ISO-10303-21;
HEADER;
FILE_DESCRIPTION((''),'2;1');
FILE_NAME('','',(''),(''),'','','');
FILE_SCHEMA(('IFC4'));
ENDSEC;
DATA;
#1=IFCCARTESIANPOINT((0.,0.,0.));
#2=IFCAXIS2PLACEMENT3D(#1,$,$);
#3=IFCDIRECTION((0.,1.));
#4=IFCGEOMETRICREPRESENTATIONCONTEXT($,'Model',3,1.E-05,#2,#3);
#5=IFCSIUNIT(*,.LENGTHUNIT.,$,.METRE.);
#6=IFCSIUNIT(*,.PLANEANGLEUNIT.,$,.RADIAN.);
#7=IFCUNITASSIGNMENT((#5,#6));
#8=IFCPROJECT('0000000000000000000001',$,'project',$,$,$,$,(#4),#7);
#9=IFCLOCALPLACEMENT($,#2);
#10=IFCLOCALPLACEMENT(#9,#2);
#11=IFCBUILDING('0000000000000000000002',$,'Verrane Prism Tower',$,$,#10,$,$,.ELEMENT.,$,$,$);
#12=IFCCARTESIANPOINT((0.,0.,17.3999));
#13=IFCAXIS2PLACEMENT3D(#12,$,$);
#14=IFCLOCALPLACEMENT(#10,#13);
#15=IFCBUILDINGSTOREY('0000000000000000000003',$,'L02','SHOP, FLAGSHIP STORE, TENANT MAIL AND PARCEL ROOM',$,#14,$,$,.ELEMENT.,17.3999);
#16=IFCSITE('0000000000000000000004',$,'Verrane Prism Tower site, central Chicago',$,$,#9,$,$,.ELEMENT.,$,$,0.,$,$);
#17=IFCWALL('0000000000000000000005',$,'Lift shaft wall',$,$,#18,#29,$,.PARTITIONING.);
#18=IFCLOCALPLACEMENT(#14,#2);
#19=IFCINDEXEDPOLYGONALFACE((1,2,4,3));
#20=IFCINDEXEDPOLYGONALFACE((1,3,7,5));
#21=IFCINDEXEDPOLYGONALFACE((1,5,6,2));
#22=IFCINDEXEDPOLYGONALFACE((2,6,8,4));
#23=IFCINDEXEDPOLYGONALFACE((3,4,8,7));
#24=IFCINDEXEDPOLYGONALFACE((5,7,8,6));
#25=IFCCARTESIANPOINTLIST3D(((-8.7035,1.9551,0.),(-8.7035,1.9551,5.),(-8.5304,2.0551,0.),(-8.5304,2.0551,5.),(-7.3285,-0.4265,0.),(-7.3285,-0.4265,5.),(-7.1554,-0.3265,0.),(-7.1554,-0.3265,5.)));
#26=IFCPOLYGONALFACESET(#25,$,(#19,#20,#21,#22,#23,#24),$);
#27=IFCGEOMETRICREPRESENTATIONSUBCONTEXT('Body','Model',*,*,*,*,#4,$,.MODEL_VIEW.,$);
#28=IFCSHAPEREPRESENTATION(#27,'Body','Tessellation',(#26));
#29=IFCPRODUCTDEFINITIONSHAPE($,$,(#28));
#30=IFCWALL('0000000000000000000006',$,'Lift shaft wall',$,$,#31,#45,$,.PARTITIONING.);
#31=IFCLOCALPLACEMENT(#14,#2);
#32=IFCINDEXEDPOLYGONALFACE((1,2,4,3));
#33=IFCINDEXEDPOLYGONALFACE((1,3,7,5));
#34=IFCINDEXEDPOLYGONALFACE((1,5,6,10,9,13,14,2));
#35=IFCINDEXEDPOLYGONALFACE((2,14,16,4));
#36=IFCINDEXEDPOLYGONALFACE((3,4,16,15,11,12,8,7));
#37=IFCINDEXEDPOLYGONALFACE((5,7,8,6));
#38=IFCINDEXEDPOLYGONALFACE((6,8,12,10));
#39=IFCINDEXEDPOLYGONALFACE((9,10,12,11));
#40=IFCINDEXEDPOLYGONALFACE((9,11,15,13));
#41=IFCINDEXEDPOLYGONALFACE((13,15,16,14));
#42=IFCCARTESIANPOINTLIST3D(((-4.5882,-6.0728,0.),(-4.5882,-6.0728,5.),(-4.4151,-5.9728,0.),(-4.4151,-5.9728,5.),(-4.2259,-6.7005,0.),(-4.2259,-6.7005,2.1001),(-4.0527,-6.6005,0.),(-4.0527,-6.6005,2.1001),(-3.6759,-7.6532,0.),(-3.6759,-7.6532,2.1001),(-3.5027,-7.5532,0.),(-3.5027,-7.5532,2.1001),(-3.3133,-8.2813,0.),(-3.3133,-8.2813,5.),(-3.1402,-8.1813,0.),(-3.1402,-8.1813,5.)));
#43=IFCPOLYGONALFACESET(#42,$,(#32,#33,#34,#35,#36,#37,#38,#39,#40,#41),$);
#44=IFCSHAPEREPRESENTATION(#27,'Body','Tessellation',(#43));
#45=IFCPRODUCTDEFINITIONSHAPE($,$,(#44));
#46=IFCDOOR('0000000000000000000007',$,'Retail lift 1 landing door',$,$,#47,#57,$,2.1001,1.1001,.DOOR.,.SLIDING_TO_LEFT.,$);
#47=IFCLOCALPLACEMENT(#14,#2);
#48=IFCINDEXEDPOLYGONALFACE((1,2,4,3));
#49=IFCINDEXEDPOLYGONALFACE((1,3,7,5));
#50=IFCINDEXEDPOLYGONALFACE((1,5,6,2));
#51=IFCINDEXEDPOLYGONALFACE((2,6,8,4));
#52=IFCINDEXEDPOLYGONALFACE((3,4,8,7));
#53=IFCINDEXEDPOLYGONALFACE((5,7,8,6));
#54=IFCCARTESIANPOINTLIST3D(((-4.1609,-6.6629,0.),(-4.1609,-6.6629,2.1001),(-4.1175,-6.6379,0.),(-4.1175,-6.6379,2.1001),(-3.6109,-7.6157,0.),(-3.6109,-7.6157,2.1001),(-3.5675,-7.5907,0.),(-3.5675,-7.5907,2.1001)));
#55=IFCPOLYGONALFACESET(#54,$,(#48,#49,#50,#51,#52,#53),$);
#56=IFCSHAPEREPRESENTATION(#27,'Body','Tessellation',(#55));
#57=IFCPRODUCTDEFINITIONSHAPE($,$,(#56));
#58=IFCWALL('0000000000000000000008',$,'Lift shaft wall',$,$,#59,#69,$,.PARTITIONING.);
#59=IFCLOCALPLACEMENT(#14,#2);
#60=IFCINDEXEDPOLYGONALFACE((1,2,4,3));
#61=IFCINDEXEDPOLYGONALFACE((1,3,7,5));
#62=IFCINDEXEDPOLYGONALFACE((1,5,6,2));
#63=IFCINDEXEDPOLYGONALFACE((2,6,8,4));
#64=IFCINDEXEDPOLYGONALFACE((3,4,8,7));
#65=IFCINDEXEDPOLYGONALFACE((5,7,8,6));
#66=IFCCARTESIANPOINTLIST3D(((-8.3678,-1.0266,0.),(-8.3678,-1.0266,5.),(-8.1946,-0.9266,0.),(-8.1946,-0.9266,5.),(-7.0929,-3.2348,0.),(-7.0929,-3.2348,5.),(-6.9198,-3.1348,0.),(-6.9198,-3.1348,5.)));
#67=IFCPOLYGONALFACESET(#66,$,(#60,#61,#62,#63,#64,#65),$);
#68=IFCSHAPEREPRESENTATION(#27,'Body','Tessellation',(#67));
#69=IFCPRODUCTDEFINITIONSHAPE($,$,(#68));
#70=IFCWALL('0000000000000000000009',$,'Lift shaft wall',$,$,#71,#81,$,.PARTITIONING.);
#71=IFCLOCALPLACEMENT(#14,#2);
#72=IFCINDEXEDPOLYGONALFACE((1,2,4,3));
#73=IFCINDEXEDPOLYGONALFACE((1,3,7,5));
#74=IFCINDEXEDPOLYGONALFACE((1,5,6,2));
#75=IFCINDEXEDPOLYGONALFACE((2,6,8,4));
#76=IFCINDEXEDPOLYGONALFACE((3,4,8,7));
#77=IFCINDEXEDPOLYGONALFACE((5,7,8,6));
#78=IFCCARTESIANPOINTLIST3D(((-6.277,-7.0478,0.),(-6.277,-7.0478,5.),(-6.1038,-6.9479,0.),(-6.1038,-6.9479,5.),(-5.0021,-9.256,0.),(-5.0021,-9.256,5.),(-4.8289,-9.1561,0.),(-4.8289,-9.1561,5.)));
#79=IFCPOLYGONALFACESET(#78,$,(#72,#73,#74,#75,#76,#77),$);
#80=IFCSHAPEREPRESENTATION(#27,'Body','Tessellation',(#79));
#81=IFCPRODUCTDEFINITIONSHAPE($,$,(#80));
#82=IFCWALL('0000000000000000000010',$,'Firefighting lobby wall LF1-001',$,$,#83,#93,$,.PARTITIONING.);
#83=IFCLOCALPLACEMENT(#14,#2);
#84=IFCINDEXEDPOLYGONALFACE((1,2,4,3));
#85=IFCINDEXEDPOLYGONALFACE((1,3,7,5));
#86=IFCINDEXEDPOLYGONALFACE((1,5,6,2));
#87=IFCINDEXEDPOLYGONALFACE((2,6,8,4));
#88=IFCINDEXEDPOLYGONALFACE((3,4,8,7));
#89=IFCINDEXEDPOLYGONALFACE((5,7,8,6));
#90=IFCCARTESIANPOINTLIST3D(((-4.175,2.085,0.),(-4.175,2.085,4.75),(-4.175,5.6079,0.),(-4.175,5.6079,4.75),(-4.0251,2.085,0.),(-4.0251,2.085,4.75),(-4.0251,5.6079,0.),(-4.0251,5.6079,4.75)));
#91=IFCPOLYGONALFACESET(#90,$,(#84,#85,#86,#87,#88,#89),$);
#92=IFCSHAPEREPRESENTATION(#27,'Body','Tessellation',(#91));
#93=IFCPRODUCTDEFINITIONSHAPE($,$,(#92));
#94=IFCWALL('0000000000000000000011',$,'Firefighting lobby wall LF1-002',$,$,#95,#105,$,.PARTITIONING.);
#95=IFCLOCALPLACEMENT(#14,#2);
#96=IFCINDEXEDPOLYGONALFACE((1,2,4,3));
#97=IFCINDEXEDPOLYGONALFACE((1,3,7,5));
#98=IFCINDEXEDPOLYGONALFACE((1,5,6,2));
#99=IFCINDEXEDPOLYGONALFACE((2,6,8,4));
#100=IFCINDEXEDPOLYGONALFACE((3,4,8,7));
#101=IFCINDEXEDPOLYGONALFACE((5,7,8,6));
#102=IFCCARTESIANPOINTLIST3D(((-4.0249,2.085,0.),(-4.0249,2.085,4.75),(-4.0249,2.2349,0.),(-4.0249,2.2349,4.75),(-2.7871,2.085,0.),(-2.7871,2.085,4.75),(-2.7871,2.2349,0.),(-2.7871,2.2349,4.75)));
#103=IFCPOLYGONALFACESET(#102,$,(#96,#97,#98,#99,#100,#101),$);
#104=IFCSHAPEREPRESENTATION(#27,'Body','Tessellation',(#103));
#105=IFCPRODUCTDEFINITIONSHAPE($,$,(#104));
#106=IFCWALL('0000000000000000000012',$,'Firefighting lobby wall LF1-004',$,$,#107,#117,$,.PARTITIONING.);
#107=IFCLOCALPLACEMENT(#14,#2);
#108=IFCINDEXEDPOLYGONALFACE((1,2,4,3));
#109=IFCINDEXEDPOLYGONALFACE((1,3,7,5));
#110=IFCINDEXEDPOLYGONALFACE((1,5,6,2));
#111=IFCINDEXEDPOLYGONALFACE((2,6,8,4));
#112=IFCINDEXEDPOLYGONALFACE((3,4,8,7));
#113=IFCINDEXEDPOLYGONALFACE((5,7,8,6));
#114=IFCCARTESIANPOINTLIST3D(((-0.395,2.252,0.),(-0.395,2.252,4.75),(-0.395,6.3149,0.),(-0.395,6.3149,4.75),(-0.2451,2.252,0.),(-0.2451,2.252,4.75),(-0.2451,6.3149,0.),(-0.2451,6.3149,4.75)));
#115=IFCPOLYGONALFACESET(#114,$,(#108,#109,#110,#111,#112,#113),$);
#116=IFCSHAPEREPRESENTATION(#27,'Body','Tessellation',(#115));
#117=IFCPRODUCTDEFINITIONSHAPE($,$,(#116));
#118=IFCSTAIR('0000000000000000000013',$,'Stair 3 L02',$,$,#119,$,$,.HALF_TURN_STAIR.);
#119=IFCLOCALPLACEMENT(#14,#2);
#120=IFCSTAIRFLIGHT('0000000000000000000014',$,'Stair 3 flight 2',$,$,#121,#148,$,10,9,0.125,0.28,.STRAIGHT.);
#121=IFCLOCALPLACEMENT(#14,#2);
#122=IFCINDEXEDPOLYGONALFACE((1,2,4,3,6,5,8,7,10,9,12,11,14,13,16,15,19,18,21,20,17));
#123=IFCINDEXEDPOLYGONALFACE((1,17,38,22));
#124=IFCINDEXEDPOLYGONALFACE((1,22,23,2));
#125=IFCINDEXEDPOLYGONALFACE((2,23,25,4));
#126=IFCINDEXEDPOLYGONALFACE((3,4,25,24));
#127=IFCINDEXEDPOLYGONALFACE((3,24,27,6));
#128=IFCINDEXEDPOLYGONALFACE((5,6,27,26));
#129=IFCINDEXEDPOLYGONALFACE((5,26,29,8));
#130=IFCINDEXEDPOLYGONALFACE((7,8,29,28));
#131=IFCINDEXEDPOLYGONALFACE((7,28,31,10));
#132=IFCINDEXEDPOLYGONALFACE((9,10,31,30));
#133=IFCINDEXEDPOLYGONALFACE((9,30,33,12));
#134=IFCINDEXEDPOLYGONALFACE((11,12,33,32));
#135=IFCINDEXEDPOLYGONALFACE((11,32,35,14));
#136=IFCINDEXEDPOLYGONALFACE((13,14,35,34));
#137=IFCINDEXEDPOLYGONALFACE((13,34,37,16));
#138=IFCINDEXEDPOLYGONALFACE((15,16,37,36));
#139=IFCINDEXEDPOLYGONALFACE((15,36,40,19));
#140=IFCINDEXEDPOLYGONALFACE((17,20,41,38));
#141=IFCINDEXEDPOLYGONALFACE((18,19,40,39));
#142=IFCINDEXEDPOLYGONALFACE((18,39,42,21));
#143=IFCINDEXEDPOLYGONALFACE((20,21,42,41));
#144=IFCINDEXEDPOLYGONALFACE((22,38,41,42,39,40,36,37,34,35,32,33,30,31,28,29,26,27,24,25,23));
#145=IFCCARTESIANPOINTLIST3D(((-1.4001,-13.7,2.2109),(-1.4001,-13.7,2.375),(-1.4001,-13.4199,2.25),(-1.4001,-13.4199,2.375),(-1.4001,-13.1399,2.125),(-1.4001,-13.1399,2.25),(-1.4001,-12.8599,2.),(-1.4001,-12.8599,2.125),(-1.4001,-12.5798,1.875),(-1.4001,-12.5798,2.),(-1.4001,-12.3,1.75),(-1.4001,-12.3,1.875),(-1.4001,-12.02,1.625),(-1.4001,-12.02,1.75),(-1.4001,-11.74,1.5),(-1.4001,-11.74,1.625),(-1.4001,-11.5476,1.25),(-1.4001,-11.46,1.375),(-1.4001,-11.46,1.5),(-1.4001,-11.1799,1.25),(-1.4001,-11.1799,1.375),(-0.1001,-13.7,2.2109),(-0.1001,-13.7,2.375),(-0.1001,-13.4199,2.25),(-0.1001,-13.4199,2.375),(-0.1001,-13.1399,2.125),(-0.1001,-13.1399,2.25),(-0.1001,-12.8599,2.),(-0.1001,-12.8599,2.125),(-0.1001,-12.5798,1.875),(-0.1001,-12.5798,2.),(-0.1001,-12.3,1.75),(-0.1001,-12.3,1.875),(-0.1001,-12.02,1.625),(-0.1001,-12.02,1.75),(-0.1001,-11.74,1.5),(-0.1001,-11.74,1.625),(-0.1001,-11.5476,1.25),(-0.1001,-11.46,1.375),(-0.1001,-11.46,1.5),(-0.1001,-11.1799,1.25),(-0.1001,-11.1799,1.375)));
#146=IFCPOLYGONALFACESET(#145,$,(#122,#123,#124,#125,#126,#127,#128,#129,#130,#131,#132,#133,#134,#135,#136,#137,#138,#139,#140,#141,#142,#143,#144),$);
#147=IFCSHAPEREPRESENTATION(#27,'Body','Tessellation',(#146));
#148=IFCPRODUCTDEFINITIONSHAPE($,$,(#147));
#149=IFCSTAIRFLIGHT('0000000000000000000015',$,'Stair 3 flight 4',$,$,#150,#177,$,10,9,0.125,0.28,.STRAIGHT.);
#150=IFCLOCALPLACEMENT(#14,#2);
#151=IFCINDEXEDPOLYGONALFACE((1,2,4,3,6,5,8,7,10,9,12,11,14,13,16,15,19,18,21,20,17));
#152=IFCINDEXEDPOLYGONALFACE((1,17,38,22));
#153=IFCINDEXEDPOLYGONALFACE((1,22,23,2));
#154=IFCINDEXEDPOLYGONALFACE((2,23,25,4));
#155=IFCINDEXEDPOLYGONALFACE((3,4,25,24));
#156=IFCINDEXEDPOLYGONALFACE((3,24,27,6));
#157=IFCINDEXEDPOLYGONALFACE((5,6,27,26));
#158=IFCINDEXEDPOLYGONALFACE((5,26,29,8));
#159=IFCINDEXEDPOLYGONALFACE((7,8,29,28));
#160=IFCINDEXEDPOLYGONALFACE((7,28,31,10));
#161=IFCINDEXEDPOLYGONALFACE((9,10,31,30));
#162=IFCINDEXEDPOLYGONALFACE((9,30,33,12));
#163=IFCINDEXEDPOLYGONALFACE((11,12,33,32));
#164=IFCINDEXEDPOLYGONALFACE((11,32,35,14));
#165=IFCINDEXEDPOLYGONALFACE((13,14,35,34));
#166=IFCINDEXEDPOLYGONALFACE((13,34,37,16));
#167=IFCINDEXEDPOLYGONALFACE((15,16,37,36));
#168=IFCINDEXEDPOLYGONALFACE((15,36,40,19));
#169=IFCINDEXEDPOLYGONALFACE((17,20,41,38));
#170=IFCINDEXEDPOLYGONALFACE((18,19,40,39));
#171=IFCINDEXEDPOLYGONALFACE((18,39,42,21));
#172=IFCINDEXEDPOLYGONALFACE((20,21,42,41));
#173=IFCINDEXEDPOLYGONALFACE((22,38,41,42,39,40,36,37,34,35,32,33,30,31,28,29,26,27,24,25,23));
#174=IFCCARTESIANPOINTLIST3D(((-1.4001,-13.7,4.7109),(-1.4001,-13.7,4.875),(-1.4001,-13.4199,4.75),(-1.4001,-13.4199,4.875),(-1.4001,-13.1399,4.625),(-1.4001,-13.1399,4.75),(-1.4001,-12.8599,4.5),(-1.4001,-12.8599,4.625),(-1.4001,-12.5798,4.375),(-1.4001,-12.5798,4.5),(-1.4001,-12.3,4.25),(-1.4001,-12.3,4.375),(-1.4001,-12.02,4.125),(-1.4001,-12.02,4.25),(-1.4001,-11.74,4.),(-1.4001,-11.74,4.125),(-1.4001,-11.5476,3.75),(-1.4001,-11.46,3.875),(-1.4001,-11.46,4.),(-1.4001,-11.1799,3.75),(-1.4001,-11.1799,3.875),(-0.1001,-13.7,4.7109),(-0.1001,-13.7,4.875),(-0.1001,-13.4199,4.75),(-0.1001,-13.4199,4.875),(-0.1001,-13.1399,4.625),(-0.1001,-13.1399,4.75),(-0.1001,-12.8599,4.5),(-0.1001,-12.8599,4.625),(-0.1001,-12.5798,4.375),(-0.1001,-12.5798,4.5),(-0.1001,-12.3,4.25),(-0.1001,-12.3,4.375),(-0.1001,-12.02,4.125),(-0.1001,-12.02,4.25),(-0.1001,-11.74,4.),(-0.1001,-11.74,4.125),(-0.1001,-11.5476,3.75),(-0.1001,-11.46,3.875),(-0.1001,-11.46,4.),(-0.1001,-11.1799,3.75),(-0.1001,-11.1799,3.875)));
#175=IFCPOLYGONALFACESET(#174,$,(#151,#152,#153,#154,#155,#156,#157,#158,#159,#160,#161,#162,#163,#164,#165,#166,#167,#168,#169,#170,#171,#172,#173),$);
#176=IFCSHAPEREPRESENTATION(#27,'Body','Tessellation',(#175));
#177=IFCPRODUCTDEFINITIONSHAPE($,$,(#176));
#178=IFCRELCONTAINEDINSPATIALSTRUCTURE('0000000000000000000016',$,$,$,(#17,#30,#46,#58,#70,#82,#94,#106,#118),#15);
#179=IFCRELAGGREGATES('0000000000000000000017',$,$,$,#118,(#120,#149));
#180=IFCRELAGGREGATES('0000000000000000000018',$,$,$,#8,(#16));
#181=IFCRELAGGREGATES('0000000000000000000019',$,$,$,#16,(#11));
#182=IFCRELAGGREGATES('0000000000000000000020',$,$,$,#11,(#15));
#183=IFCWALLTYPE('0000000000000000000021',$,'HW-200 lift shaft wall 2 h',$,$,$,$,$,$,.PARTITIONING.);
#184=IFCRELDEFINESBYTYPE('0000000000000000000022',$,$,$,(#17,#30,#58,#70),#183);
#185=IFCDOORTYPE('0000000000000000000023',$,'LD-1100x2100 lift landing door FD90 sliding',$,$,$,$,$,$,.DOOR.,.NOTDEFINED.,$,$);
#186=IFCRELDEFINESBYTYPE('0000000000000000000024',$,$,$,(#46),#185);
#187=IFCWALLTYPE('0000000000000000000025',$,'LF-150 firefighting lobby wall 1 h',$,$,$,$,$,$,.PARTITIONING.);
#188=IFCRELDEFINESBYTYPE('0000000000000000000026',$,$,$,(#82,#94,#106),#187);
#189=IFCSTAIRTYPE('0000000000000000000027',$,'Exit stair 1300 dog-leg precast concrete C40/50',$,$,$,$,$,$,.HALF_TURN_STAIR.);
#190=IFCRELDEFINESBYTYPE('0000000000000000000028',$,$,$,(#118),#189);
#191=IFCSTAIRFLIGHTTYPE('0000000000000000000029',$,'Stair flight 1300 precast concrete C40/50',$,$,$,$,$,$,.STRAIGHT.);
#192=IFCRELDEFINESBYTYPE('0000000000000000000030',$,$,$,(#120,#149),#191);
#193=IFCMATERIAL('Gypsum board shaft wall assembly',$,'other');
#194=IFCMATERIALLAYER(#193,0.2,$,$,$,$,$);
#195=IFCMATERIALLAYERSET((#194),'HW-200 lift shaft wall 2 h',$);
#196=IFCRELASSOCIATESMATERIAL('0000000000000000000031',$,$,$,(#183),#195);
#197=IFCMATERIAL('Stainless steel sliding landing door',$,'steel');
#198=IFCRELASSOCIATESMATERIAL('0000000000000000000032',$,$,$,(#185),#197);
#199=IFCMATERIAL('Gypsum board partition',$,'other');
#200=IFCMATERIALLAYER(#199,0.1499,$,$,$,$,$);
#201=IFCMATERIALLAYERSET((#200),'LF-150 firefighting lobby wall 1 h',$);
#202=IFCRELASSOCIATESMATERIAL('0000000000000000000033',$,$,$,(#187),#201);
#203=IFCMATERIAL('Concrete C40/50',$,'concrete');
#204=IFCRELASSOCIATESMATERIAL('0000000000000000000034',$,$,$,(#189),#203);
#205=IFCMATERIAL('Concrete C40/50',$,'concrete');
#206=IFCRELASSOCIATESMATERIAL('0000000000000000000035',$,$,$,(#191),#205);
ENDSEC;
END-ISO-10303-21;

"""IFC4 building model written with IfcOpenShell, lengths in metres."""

from ifc_helpers import new_model, si_unit, direction, frame, frame_2d, origin, place, context, subcontext, project, spatial, polyline, rectangle, outline, extrude, material, layer, layer_set, type_object, element, fill, aggregate, save


model = new_model("IFC4")

# Units and contexts
model_context = context("Model", 3, precision=1e-05, world=origin(), true_north=direction((0.0, 1.0)))
body_context = subcontext(model_context, "Body", "Model", "MODEL_VIEW")
ifc_project = project(units=[si_unit("LENGTHUNIT", "METRE"), si_unit("PLANEANGLEUNIT", "RADIAN")], contexts=[model_context])

# Site, building, storey
site_placement = place(None, origin())
site = spatial("IfcSite", under=ifc_project, at=site_placement, Name="Verrane Prism Tower site, central Chicago", CompositionType="ELEMENT", RefElevation=0.0)
building_placement = place(site_placement, origin())
building = spatial("IfcBuilding", under=site, at=building_placement, Name="Verrane Prism Tower", CompositionType="ELEMENT")
storey_placement = place(building_placement, frame((0.0, 0.0, 17.3999)))
storey = spatial("IfcBuildingStorey", under=building, at=storey_placement, Name="L02", Description="SHOP, FLAGSHIP STORE, TENANT MAIL AND PARCEL ROOM", CompositionType="ELEMENT", Elevation=17.3999)

# Shared definitions
ifc_material_1 = material(Name="Gypsum board shaft wall assembly", Category="other")
ifc_layer_1 = layer(ifc_material_1, 0.2)
ifc_layer_set_1 = layer_set([ifc_layer_1], Name="HW-200 lift shaft wall 2 h")
wall_type_1 = type_object("IfcWallType", Name="HW-200 lift shaft wall 2 h", PredefinedType="PARTITIONING", material=ifc_layer_set_1)

# Shared definitions
ifc_material_2 = material(Name="Stainless steel sliding landing door", Category="steel")
door_type = type_object("IfcDoorType", Name="LD-1100x2100 lift landing door FD90 sliding", OperationType="NOTDEFINED", PredefinedType="DOOR", material=ifc_material_2)

# Wall
wall_1_placement = place(storey_placement, frame((-7.2419, -0.3765, 0.0), z_axis=(0.0, 0.0, 1.0), x_axis=(-0.499997, 0.866027, 0.0)))
element("IfcWall", 1, at=wall_1_placement, inside=storey, type_object=wall_type_1, Name="Lift shaft wall", PredefinedType="PARTITIONING", context=body_context, shape_type="SweptSolid", body=[
    extrude(rectangle(XDim=2.75, YDim=0.2, at=frame_2d((1.375, 0.0))), origin(), (0.0, 0.0, 1.0), 5.0),
])

# Wall, opening, door
wall_2_placement = place(storey_placement, frame((-3.2268, -8.2312, 0.0), z_axis=(0.0, 0.0, 1.0), x_axis=(-0.499949, 0.866055, 0.0)))
wall_2 = element("IfcWall", 2, at=wall_2_placement, inside=storey, type_object=wall_type_1, Name="Lift shaft wall", PredefinedType="PARTITIONING", context=body_context, shape_type="SweptSolid", body=[
    extrude(rectangle(XDim=2.55, YDim=0.2, at=frame_2d((1.2749, 0.0))), origin(), (0.0, 0.0, 1.0), 5.0),
])
opening_1_placement = place(wall_2_placement, frame((0.7251, 0.0, 0.0)))
opening_1 = element("IfcOpeningElement", 3, at=opening_1_placement, cuts=wall_2, PredefinedType="OPENING", context=body_context, shape_type="SweptSolid", body=[
    extrude(rectangle(XDim=1.1001, YDim=2.1001, at=frame_2d((0.55, 1.05))), frame((0.0, 0.1099, 0.0), z_axis=(0.0, -1.0, 0.0), x_axis=(1.0, 0.0, 0.0)), (0.0, 0.0, 1.0), 0.22),
])
door_1_placement = place(opening_1_placement, origin())
door_1 = element("IfcDoor", 4, at=door_1_placement, inside=storey, type_object=door_type, Name="Retail lift 1 landing door", OperationType="SLIDING_TO_LEFT", OverallHeight=2.1001, OverallWidth=1.1001, PredefinedType="DOOR", context=body_context, shape_type="SweptSolid", body=[
    extrude(rectangle(XDim=1.1001, YDim=2.1001, at=frame_2d((0.55, 1.05))), frame((0.0, 0.0249, 0.0), z_axis=(0.0, -1.0, 0.0), x_axis=(1.0, 0.0, 0.0)), (0.0, 0.0, 1.0), 0.05),
])
fill(opening_1, door_1)

# Walls
for number, where, z_axis, x_axis, name in (
    (5, (-7.0063, -3.1848, 0.0), (0.0, 0.0, 1.0), (-0.49999, 0.866031, 0.0), "Lift shaft wall"),
    (6, (-4.9155, -9.2061, 0.0), (0.0, 0.0, 1.0), (-0.49999, 0.866031, 0.0), "Lift shaft wall"),
):
    element("IfcWall", number, at=place(storey_placement, frame(where, z_axis=z_axis, x_axis=x_axis)), inside=storey, type_object=wall_type_1, Name=name, PredefinedType="PARTITIONING", context=body_context, shape_type="SweptSolid", body=[
        extrude(rectangle(XDim=2.5498, YDim=0.2, at=frame_2d((1.2749, 0.0))), origin(), (0.0, 0.0, 1.0), 5.0),
    ])
ifc_material_3 = material(Name="Gypsum board partition", Category="other")
ifc_layer_2 = layer(ifc_material_3, 0.1499)
ifc_layer_set_2 = layer_set([ifc_layer_2], Name="LF-150 firefighting lobby wall 1 h")
wall_type_2 = type_object("IfcWallType", Name="LF-150 firefighting lobby wall 1 h", PredefinedType="PARTITIONING", material=ifc_layer_set_2)
wall_3_placement = place(storey_placement, frame((-4.1001, 2.085, 0.0), z_axis=(0.0, 0.0, 1.0), x_axis=(0.0, 1.0, 0.0)))
element("IfcWall", 7, at=wall_3_placement, inside=storey, type_object=wall_type_2, Name="Firefighting lobby wall LF1-001", PredefinedType="PARTITIONING", context=body_context, shape_type="SweptSolid", body=[
    extrude(rectangle(XDim=3.5229, YDim=0.1499, at=frame_2d((1.7615, 0.0))), origin(), (0.0, 0.0, 1.0), 4.75),
])
wall_4_placement = place(storey_placement, frame((-4.0249, 2.1599, 0.0), z_axis=(0.0, 0.0, 1.0), x_axis=(1.0, 0.0, 0.0)))
element("IfcWall", 8, at=wall_4_placement, inside=storey, type_object=wall_type_2, Name="Firefighting lobby wall LF1-002", PredefinedType="PARTITIONING", context=body_context, shape_type="SweptSolid", body=[
    extrude(rectangle(XDim=1.2378, YDim=0.1499, at=frame_2d((0.6189, 0.0))), origin(), (0.0, 0.0, 1.0), 4.75),
])
wall_5_placement = place(storey_placement, frame((-0.3201, 2.252, 0.0), z_axis=(0.0, 0.0, 1.0), x_axis=(0.0, 1.0, 0.0)))
element("IfcWall", 9, at=wall_5_placement, inside=storey, type_object=wall_type_2, Name="Firefighting lobby wall LF1-004", PredefinedType="PARTITIONING", context=body_context, shape_type="SweptSolid", body=[
    extrude(rectangle(XDim=4.063, YDim=0.1499, at=frame_2d((2.0315, 0.0))), origin(), (0.0, 0.0, 1.0), 4.75),
])

# Stair, stair flights
ifc_material_4 = material(Name="Concrete C40/50", Category="concrete")
stair_type = type_object("IfcStairType", Name="Exit stair 1300 dog-leg precast concrete C40/50", PredefinedType="HALF_TURN_STAIR", material=ifc_material_4)
stair_placement = place(storey_placement, origin())
stair = element("IfcStair", 10, at=stair_placement, inside=storey, type_object=stair_type, Name="Stair 3 L02", PredefinedType="HALF_TURN_STAIR")
ifc_material_5 = material(Name="Concrete C40/50", Category="concrete")
stair_flight_type = type_object("IfcStairFlightType", Name="Stair flight 1300 precast concrete C40/50", PredefinedType="STRAIGHT", material=ifc_material_5)
stair_flight_1_placement = place(storey_placement, frame((-0.75, -11.1799, 1.25), z_axis=(0.0, 0.0, 1.0), x_axis=(0.0, -1.0, 0.0)))
stair_flight_1 = element("IfcStairFlight", 11, at=stair_flight_1_placement, type_object=stair_flight_type, Name="Stair 3 flight 2", NumberOfRisers=10, NumberOfTreads=9, PredefinedType="STRAIGHT", RiserHeight=0.125, TreadLength=0.28, context=body_context, shape_type="SweptSolid", body=[
    extrude(outline(polyline([(0.0, 0.0), (0.0, 0.125), (0.28, 0.125), (0.28, 0.25), (0.5601, 0.25), (0.5601, 0.375), (0.8401, 0.375), (0.8401, 0.5), (1.1201, 0.5), (1.1201, 0.625), (1.3999, 0.625), (1.3999, 0.75), (1.6799, 0.75), (1.6799, 0.875), (1.96, 0.875), (1.96, 1.0), (2.24, 1.0), (2.24, 1.125), (2.52, 1.125), (2.52, 1.25), (2.52, 0.9609), (0.3677, 0.0), (0.0, 0.0)])), frame((0.0, 0.6499, 0.0), z_axis=(0.0, -1.0, 0.0), x_axis=(1.0, 0.0, 0.0)), (0.0, 0.0, 1.0), 1.3),
])
stair_flight_2_placement = place(storey_placement, frame((-0.75, -11.1799, 3.75), z_axis=(0.0, 0.0, 1.0), x_axis=(0.0, -1.0, 0.0)))
stair_flight_2 = element("IfcStairFlight", 12, at=stair_flight_2_placement, type_object=stair_flight_type, Name="Stair 3 flight 4", NumberOfRisers=10, NumberOfTreads=9, PredefinedType="STRAIGHT", RiserHeight=0.125, TreadLength=0.28, context=body_context, shape_type="SweptSolid", body=[
    extrude(outline(polyline([(0.0, 0.0), (0.0, 0.125), (0.28, 0.125), (0.28, 0.25), (0.5601, 0.25), (0.5601, 0.375), (0.8401, 0.375), (0.8401, 0.5), (1.1201, 0.5), (1.1201, 0.625), (1.3999, 0.625), (1.3999, 0.75), (1.6799, 0.75), (1.6799, 0.875), (1.96, 0.875), (1.96, 1.0), (2.24, 1.0), (2.24, 1.125), (2.52, 1.125), (2.52, 1.25), (2.52, 0.9609), (0.3677, 0.0), (0.0, 0.0)])), frame((0.0, 0.6499, 0.0), z_axis=(0.0, -1.0, 0.0), x_axis=(1.0, 0.0, 0.0)), (0.0, 0.0, 1.0), 1.3),
])
aggregate(stair, [stair_flight_1, stair_flight_2])

save(model, "model.ifc")
